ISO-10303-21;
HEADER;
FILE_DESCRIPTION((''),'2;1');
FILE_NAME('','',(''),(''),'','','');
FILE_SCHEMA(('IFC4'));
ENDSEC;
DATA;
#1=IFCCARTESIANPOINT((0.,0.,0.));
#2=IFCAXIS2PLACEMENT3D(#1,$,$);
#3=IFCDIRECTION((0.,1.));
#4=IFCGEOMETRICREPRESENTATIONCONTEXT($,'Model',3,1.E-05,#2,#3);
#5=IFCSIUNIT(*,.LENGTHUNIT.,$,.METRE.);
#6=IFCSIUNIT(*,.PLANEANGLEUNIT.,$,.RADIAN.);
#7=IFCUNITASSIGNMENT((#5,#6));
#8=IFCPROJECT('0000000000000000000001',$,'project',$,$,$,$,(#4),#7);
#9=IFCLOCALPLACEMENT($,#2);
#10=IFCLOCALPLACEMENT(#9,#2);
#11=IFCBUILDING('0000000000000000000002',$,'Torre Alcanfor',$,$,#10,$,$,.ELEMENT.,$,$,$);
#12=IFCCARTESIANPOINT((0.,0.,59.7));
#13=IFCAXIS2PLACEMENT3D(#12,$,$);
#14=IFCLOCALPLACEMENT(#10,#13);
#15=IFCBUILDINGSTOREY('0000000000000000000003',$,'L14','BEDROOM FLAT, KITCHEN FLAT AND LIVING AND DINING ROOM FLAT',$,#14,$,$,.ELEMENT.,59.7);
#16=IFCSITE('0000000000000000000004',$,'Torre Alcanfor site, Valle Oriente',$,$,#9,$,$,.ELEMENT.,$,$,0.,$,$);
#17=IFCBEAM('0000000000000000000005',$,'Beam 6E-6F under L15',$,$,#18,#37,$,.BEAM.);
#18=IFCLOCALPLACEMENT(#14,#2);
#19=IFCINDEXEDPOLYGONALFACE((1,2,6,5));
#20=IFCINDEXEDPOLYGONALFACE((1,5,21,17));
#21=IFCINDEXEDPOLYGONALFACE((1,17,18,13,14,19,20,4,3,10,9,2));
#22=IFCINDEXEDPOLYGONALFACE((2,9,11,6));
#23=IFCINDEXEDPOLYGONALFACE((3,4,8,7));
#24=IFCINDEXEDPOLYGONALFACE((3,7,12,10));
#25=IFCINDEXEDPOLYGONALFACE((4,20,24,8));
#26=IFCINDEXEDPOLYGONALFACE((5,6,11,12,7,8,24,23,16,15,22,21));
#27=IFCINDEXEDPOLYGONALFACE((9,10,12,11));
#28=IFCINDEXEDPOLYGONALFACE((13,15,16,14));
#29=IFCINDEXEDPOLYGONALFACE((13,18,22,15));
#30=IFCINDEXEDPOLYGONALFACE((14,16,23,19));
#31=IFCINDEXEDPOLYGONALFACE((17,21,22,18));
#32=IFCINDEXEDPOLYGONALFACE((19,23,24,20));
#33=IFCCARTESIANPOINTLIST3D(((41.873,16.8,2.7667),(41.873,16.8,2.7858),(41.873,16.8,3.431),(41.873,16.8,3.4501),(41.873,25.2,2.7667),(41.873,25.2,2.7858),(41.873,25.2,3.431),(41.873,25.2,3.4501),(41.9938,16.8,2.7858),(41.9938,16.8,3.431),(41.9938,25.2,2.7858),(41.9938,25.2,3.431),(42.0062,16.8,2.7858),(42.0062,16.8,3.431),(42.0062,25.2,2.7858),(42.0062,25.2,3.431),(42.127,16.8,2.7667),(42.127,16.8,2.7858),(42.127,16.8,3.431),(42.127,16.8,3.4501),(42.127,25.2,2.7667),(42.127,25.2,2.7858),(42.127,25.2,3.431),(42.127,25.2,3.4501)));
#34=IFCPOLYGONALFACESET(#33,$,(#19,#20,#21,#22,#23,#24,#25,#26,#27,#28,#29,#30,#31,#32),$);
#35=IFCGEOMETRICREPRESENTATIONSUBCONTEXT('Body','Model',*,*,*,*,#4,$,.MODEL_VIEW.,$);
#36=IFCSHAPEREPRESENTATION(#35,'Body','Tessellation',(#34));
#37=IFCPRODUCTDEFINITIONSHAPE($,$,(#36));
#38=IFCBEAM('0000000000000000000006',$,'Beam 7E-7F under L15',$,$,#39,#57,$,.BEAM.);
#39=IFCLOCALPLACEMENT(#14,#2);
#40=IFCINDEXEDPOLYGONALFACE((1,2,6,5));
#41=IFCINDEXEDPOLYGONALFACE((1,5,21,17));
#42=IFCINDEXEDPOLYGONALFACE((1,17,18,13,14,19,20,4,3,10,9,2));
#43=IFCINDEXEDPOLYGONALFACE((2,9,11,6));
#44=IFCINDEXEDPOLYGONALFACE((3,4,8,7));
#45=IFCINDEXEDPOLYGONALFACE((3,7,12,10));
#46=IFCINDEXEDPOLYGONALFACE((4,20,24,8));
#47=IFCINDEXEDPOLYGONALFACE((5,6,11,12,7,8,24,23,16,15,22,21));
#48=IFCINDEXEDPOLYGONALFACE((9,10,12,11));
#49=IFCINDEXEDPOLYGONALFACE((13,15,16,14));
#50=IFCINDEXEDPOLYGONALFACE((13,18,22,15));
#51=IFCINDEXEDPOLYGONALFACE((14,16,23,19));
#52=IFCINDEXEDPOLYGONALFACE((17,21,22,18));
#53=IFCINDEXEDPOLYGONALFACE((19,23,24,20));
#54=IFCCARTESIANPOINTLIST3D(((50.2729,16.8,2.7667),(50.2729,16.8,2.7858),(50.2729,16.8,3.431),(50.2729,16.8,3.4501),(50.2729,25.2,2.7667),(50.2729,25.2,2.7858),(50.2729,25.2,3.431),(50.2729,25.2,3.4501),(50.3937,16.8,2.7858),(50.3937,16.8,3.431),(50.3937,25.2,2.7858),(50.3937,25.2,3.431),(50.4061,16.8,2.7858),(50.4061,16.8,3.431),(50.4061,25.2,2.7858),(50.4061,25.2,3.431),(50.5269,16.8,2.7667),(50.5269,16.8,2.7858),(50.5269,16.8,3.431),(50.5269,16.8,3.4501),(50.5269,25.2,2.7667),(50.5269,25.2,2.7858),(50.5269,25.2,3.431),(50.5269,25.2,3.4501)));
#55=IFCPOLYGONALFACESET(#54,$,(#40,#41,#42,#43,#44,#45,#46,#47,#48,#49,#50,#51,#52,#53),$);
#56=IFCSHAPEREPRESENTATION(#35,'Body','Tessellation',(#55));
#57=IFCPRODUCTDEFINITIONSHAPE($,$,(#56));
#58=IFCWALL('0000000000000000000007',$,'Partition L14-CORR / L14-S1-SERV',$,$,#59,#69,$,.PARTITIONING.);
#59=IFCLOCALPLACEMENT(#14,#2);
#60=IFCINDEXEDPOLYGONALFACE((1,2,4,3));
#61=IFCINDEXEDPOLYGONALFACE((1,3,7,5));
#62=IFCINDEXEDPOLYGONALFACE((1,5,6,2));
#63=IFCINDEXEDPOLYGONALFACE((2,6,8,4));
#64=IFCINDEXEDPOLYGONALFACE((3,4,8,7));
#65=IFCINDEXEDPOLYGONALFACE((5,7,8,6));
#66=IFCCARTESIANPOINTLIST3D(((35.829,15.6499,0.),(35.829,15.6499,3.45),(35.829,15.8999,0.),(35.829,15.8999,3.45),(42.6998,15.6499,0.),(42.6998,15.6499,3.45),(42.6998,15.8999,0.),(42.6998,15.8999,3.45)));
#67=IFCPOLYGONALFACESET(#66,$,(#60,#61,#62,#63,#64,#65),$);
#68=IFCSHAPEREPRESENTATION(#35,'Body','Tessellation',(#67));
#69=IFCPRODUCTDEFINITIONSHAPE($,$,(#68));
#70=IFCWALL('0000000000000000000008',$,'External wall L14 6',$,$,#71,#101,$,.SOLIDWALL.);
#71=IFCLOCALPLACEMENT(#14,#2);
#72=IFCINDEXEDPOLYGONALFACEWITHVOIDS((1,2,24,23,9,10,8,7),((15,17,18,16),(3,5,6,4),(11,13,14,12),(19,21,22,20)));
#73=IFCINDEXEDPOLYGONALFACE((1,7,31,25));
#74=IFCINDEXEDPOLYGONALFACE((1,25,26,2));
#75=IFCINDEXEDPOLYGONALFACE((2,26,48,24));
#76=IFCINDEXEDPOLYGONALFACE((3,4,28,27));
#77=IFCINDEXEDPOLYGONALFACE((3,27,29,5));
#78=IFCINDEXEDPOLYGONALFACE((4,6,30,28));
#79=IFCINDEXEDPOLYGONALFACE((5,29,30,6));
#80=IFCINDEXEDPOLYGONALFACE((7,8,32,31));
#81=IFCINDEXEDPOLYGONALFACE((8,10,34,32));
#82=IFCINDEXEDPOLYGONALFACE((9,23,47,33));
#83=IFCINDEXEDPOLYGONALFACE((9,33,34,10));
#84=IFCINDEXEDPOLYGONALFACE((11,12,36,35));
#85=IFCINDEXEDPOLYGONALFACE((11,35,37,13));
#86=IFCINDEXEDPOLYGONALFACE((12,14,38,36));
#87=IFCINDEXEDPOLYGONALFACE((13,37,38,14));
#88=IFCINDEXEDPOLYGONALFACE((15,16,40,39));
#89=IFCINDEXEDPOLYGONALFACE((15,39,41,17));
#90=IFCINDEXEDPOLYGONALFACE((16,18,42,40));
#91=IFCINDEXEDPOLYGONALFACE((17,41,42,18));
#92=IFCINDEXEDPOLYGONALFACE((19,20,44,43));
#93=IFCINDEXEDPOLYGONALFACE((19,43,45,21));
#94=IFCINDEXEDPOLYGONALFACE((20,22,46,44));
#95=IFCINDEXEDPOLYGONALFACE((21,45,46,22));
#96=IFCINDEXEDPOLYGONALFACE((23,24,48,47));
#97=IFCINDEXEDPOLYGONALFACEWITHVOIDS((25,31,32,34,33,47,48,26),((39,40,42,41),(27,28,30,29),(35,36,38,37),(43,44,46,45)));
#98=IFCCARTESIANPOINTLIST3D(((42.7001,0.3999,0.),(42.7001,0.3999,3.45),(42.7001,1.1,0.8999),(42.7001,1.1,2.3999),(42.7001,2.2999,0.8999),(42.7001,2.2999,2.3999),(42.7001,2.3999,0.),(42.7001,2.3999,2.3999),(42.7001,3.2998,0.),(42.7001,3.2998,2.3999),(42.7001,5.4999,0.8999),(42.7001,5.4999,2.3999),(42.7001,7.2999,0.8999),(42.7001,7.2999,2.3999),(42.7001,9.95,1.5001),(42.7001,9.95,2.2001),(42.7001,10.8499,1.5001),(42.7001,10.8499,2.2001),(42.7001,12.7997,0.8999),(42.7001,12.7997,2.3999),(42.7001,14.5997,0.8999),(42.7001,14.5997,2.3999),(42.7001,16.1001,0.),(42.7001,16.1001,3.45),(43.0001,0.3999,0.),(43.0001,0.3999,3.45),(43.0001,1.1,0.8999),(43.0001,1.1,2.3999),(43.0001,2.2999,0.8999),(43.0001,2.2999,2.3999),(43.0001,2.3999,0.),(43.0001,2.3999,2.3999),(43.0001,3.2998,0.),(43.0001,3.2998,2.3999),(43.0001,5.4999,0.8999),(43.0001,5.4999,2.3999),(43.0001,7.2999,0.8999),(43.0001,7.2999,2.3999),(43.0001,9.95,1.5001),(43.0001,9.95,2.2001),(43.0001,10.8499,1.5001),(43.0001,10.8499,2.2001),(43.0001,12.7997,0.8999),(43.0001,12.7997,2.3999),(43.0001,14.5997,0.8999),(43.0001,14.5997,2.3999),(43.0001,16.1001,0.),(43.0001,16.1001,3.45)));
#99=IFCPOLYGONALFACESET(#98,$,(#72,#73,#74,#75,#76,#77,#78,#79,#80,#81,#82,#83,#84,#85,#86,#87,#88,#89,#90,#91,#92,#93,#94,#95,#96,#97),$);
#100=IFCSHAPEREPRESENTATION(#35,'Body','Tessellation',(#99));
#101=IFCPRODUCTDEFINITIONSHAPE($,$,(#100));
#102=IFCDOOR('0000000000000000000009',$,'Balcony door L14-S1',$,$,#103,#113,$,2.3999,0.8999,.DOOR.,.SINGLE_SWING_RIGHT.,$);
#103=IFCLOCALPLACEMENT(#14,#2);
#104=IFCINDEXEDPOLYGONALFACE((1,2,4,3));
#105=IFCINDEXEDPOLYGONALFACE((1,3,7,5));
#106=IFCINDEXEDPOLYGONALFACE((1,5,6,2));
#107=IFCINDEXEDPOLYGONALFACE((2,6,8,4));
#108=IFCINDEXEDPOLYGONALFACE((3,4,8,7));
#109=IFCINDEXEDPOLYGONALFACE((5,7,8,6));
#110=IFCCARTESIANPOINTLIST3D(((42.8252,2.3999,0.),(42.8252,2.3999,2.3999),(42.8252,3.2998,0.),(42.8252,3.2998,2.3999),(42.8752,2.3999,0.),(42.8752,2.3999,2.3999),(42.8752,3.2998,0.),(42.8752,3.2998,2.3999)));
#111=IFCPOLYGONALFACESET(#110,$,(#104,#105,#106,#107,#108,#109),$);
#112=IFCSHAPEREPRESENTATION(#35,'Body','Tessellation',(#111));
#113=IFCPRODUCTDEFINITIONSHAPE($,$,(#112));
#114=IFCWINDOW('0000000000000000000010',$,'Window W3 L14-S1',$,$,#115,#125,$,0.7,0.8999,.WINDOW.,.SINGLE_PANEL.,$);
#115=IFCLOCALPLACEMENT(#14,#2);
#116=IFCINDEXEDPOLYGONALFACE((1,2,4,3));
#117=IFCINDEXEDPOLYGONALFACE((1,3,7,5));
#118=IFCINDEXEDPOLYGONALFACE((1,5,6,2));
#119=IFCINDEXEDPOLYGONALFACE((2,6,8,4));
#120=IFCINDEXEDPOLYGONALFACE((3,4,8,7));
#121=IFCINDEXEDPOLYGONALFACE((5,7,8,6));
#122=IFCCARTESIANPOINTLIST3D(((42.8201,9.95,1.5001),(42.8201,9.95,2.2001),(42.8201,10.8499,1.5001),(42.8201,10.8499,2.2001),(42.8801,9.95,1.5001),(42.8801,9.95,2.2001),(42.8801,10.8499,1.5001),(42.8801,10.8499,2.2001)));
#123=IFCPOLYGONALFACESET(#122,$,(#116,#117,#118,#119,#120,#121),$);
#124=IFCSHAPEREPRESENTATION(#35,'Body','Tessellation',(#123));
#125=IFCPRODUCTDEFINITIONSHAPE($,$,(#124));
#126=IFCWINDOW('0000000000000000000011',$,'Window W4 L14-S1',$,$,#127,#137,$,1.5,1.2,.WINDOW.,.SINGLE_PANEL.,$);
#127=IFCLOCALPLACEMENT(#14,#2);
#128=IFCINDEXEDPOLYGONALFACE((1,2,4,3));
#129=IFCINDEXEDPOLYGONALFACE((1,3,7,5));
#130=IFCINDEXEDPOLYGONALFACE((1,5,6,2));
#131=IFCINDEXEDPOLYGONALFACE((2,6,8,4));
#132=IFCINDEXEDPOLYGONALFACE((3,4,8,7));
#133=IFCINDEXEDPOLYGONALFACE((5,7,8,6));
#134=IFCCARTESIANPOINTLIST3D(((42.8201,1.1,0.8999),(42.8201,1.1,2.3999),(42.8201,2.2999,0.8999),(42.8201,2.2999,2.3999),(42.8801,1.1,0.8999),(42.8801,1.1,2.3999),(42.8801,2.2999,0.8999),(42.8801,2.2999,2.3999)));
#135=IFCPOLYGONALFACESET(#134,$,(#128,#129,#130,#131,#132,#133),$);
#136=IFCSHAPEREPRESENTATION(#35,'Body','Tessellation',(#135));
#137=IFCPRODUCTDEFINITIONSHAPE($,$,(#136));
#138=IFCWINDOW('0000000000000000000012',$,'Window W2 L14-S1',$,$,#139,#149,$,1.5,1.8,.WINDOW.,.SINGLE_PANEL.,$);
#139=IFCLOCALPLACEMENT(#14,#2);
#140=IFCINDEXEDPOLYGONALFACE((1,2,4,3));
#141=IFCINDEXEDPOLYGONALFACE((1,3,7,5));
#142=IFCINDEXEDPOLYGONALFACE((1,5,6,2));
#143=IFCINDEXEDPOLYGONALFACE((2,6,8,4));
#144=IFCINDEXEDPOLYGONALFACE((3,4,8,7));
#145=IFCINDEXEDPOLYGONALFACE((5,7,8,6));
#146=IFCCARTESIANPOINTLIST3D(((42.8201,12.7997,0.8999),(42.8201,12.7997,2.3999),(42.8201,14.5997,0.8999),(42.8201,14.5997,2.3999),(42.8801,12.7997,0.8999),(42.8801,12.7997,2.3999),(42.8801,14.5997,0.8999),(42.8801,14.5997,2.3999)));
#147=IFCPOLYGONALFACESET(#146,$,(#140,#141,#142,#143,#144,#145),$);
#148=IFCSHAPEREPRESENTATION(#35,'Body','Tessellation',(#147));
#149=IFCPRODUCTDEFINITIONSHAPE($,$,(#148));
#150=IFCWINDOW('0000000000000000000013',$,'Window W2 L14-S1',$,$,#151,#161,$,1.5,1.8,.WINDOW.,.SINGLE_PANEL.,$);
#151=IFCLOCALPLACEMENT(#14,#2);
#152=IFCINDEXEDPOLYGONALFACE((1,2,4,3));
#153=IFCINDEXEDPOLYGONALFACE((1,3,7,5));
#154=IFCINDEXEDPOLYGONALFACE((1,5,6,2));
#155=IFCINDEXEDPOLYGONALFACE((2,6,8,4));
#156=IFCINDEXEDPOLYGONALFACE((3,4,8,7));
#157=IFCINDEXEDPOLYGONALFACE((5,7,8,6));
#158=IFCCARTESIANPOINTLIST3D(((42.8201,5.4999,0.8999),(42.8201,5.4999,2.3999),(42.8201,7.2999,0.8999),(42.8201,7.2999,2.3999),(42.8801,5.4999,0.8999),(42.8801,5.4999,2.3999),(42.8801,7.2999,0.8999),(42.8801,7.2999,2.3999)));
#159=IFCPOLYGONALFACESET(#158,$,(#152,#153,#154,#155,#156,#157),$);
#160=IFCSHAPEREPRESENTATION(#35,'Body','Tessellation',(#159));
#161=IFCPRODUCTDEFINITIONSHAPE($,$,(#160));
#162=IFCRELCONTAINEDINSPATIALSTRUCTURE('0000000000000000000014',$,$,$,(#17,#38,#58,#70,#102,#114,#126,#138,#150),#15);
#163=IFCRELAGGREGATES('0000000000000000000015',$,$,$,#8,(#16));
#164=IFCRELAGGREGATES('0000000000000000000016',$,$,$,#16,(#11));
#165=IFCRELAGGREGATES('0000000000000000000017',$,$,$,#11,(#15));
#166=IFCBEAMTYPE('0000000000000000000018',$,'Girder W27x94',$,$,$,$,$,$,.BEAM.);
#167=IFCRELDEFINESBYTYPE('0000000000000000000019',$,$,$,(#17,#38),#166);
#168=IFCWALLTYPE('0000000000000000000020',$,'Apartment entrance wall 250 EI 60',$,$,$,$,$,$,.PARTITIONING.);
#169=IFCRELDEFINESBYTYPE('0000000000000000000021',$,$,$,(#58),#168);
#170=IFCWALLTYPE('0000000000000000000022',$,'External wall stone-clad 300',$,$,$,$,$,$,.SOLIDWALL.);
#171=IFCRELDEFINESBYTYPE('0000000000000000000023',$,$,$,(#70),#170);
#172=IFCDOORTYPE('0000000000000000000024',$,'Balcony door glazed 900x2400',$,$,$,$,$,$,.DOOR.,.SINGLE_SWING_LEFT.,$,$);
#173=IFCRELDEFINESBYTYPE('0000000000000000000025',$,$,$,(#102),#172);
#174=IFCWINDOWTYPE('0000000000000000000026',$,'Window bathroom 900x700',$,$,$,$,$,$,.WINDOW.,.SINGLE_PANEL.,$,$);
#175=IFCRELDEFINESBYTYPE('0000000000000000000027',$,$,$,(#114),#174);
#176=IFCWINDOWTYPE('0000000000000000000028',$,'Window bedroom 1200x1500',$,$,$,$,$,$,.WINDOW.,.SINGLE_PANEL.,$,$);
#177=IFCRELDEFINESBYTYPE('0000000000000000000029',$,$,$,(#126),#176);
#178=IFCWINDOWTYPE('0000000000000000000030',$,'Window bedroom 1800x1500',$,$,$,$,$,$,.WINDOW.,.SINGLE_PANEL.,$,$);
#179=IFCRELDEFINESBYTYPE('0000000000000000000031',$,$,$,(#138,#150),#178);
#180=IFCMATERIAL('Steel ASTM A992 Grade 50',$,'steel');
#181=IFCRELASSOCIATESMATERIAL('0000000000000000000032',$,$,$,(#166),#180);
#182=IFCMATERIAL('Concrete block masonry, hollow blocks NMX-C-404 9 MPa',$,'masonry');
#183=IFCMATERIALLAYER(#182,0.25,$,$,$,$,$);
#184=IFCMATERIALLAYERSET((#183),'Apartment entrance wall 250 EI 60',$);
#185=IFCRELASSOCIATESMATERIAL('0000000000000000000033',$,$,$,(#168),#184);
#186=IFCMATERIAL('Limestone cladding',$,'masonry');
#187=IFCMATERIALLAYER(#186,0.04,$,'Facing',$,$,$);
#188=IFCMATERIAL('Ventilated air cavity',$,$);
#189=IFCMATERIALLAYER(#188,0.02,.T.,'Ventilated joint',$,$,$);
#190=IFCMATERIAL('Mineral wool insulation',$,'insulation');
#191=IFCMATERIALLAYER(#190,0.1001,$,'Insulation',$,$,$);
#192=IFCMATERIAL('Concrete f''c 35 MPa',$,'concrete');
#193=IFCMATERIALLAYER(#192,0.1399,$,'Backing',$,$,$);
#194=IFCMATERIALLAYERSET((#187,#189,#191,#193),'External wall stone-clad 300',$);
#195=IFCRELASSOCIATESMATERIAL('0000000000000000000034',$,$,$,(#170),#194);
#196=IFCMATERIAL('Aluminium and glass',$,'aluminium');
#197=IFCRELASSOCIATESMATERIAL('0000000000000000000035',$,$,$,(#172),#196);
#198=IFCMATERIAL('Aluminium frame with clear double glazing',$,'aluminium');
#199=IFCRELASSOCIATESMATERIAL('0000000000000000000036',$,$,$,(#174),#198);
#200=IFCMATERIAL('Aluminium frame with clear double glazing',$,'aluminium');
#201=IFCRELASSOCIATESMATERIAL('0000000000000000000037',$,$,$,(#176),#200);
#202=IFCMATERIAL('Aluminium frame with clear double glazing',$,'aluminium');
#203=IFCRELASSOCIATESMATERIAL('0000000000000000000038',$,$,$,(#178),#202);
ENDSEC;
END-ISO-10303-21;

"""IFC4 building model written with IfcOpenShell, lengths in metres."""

from ifc_helpers import new_model, si_unit, direction, frame, frame_2d, origin, origin_2d, place, context, subcontext, project, spatial, rectangle, i_section, extrude, material, layer, layer_set, material_profile, profile_set, type_object, element, fill, save


model = new_model("IFC4")

# Units and contexts
model_context = context("Model", 3, precision=1e-05, world=origin(), true_north=direction((0.0, 1.0)))
body_context = subcontext(model_context, "Body", "Model", "MODEL_VIEW")
ifc_project = project(units=[si_unit("LENGTHUNIT", "METRE"), si_unit("PLANEANGLEUNIT", "RADIAN")], contexts=[model_context])

# Site, building, storey
site_placement = place(None, origin())
site = spatial("IfcSite", under=ifc_project, at=site_placement, Name="Torre Alcanfor site, Valle Oriente", CompositionType="ELEMENT", RefElevation=0.0)
building_placement = place(site_placement, origin())
building = spatial("IfcBuilding", under=site, at=building_placement, Name="Torre Alcanfor", CompositionType="ELEMENT")
storey_placement = place(building_placement, frame((0.0, 0.0, 59.7)))
storey = spatial("IfcBuildingStorey", under=building, at=storey_placement, Name="L14", Description="BEDROOM FLAT, KITCHEN FLAT AND LIVING AND DINING ROOM FLAT", CompositionType="ELEMENT", Elevation=59.7)

# Beams
ifc_material_1 = material(Name="Steel ASTM A992 Grade 50", Category="steel")
ifc_material_profile_1 = material_profile(ifc_material_1, i_section(OverallWidth=0.2539, OverallDepth=0.6833, WebThickness=0.0125, FlangeThickness=0.019, at=origin_2d()), Name="W27x94")
ifc_profile_set_1 = profile_set([ifc_material_profile_1], Name="Steel ASTM A992 Grade 50")
beam_type_1 = type_object("IfcBeamType", Name="Girder W27x94", PredefinedType="BEAM", material=ifc_profile_set_1)
for number, where, z_axis, x_axis, name in (
    (1, (42.0, 16.8, 3.1084), (0.0, 1.0, 0.0), (-1.0, 0.0, 0.0), "Beam 6E-6F under L15"),
    (2, (50.3999, 16.8, 3.1084), (0.0, 1.0, 0.0), (-1.0, 0.0, 0.0), "Beam 7E-7F under L15"),
):
    element("IfcBeam", number, at=place(storey_placement, frame(where, z_axis=z_axis, x_axis=x_axis)), inside=storey, type_object=beam_type_1, Name=name, PredefinedType="BEAM", context=body_context, shape_type="SweptSolid", body=[
        extrude(i_section(OverallWidth=0.2539, OverallDepth=0.6833, WebThickness=0.0125, FlangeThickness=0.019, at=origin_2d()), origin(), (0.0, 0.0, 1.0), 8.3999),
    ])

# Wall
ifc_material_2 = material(Name="Concrete block masonry, hollow blocks NMX-C-404 9 MPa", Category="masonry")
ifc_layer_1 = layer(ifc_material_2, 0.25)
ifc_layer_set_1 = layer_set([ifc_layer_1], Name="Apartment entrance wall 250 EI 60")
wall_type_1 = type_object("IfcWallType", Name="Apartment entrance wall 250 EI 60", PredefinedType="PARTITIONING", material=ifc_layer_set_1)
wall_1_placement = place(storey_placement, frame((42.7, 15.7749, 0.0), z_axis=(0.0, 0.0, 1.0), x_axis=(-1.0, 0.0, 0.0)))
element("IfcWall", 3, at=wall_1_placement, inside=storey, type_object=wall_type_1, Name="Partition L14-CORR / L14-S1-SERV", PredefinedType="PARTITIONING", context=body_context, shape_type="SweptSolid", body=[
    extrude(rectangle(XDim=6.8708, YDim=0.25, at=frame_2d((3.4355, 0.0))), origin(), (0.0, 0.0, 1.0), 3.45),
])

# Wall, openings, door, windows
ifc_material_3 = material(Name="Limestone cladding", Category="masonry")
ifc_layer_2 = layer(ifc_material_3, 0.04, Name="Facing")
ifc_material_4 = material(Name="Ventilated air cavity")
ifc_layer_3 = layer(ifc_material_4, 0.02, ventilated=True, Name="Ventilated joint")
ifc_material_5 = material(Name="Mineral wool insulation", Category="insulation")
ifc_layer_4 = layer(ifc_material_5, 0.1001, Name="Insulation")
ifc_material_6 = material(Name="Concrete f'c 35 MPa", Category="concrete")
ifc_layer_5 = layer(ifc_material_6, 0.1399, Name="Backing")
ifc_layer_set_2 = layer_set([ifc_layer_2, ifc_layer_3, ifc_layer_4, ifc_layer_5], Name="External wall stone-clad 300")
wall_type_2 = type_object("IfcWallType", Name="External wall stone-clad 300", PredefinedType="SOLIDWALL", material=ifc_layer_set_2)
wall_2_placement = place(storey_placement, frame((42.8501, 0.3999, 0.0), z_axis=(0.0, 0.0, 1.0), x_axis=(0.0, 1.0, 0.0)))
wall_2 = element("IfcWall", 4, at=wall_2_placement, inside=storey, type_object=wall_type_2, Name="External wall L14 6", PredefinedType="SOLIDWALL", context=body_context, shape_type="SweptSolid", body=[
    extrude(rectangle(XDim=15.7002, YDim=0.3, at=frame_2d((7.8501, 0.0))), origin(), (0.0, 0.0, 1.0), 3.45),
])
opening_1_placement = place(wall_2_placement, frame((12.3999, 0.0, 0.8999)))
opening_1 = element("IfcOpeningElement", 5, at=opening_1_placement, cuts=wall_2, PredefinedType="OPENING", context=body_context, shape_type="SweptSolid", body=[
    extrude(rectangle(XDim=1.8, YDim=1.5, at=frame_2d((0.8999, 0.75))), frame((0.0, 0.1599, 0.0), z_axis=(0.0, -1.0, 0.0), x_axis=(1.0, 0.0, 0.0)), (0.0, 0.0, 1.0), 0.3201),
])
opening_2_placement = place(wall_2_placement, frame((9.55, 0.0, 1.5)))
opening_2 = element("IfcOpeningElement", 6, at=opening_2_placement, cuts=wall_2, PredefinedType="OPENING", context=body_context, shape_type="SweptSolid", body=[
    extrude(rectangle(XDim=0.8999, YDim=0.7, at=frame_2d((0.45, 0.3501))), frame((0.0, 0.1599, 0.0), z_axis=(0.0, -1.0, 0.0), x_axis=(1.0, 0.0, 0.0)), (0.0, 0.0, 1.0), 0.3201),
])
opening_3_placement = place(wall_2_placement, frame((5.1001, 0.0, 0.8999)))
opening_3 = element("IfcOpeningElement", 7, at=opening_3_placement, cuts=wall_2, PredefinedType="OPENING", context=body_context, shape_type="SweptSolid", body=[
    extrude(rectangle(XDim=1.8, YDim=1.5, at=frame_2d((0.8999, 0.75))), frame((0.0, 0.1599, 0.0), z_axis=(0.0, -1.0, 0.0), x_axis=(1.0, 0.0, 0.0)), (0.0, 0.0, 1.0), 0.3201),
])
opening_4_placement = place(wall_2_placement, frame((2.0, 0.0, 0.0)))
opening_4 = element("IfcOpeningElement", 8, at=opening_4_placement, cuts=wall_2, PredefinedType="OPENING", context=body_context, shape_type="SweptSolid", body=[
    extrude(rectangle(XDim=0.8999, YDim=2.3999, at=frame_2d((0.45, 1.2))), frame((0.0, 0.1599, 0.0), z_axis=(0.0, -1.0, 0.0), x_axis=(1.0, 0.0, 0.0)), (0.0, 0.0, 1.0), 0.3201),
])
opening_5_placement = place(wall_2_placement, frame((0.7, 0.0, 0.8999)))
opening_5 = element("IfcOpeningElement", 9, at=opening_5_placement, cuts=wall_2, PredefinedType="OPENING", context=body_context, shape_type="SweptSolid", body=[
    extrude(rectangle(XDim=1.2, YDim=1.5, at=frame_2d((0.6001, 0.75))), frame((0.0, 0.1599, 0.0), z_axis=(0.0, -1.0, 0.0), x_axis=(1.0, 0.0, 0.0)), (0.0, 0.0, 1.0), 0.3201),
])
ifc_material_7 = material(Name="Aluminium and glass", Category="aluminium")
door_type = type_object("IfcDoorType", Name="Balcony door glazed 900x2400", OperationType="SINGLE_SWING_LEFT", PredefinedType="DOOR", material=ifc_material_7)
door_1_placement = place(opening_4_placement, origin())
door_1 = element("IfcDoor", 10, at=door_1_placement, inside=storey, type_object=door_type, Name="Balcony door L14-S1", OperationType="SINGLE_SWING_RIGHT", OverallHeight=2.3999, OverallWidth=0.8999, PredefinedType="DOOR", context=body_context, shape_type="SweptSolid", body=[
    extrude(rectangle(XDim=0.8999, YDim=2.3999, at=frame_2d((0.45, 1.2))), frame((0.0, 0.0249, 0.0), z_axis=(0.0, -1.0, 0.0), x_axis=(1.0, 0.0, 0.0)), (0.0, 0.0, 1.0), 0.05),
])
fill(opening_4, door_1)
ifc_material_8 = material(Name="Aluminium frame with clear double glazing", Category="aluminium")
window_type_1 = type_object("IfcWindowType", Name="Window bathroom 900x700", PartitioningType="SINGLE_PANEL", PredefinedType="WINDOW", material=ifc_material_8)
window_1_placement = place(opening_2_placement, origin())
window_1 = element("IfcWindow", 11, at=window_1_placement, inside=storey, type_object=window_type_1, Name="Window W3 L14-S1", OverallHeight=0.7, OverallWidth=0.8999, PartitioningType="SINGLE_PANEL", PredefinedType="WINDOW", context=body_context, shape_type="SweptSolid", body=[
    extrude(rectangle(XDim=0.8999, YDim=0.7, at=frame_2d((0.45, 0.3501))), frame((0.0, 0.03, 0.0), z_axis=(0.0, -1.0, 0.0), x_axis=(1.0, 0.0, 0.0)), (0.0, 0.0, 1.0), 0.0601),
])
fill(opening_2, window_1)
ifc_material_9 = material(Name="Aluminium frame with clear double glazing", Category="aluminium")
window_type_2 = type_object("IfcWindowType", Name="Window bedroom 1200x1500", PartitioningType="SINGLE_PANEL", PredefinedType="WINDOW", material=ifc_material_9)
window_2_placement = place(opening_5_placement, origin())
window_2 = element("IfcWindow", 12, at=window_2_placement, inside=storey, type_object=window_type_2, Name="Window W4 L14-S1", OverallHeight=1.5, OverallWidth=1.2, PartitioningType="SINGLE_PANEL", PredefinedType="WINDOW", context=body_context, shape_type="SweptSolid", body=[
    extrude(rectangle(XDim=1.2, YDim=1.5, at=frame_2d((0.6001, 0.75))), frame((0.0, 0.03, 0.0), z_axis=(0.0, -1.0, 0.0), x_axis=(1.0, 0.0, 0.0)), (0.0, 0.0, 1.0), 0.0601),
])
fill(opening_5, window_2)
ifc_material_10 = material(Name="Aluminium frame with clear double glazing", Category="aluminium")
window_type_3 = type_object("IfcWindowType", Name="Window bedroom 1800x1500", PartitioningType="SINGLE_PANEL", PredefinedType="WINDOW", material=ifc_material_10)
window_3_placement = place(opening_1_placement, origin())
window_3 = element("IfcWindow", 13, at=window_3_placement, inside=storey, type_object=window_type_3, Name="Window W2 L14-S1", OverallHeight=1.5, OverallWidth=1.8, PartitioningType="SINGLE_PANEL", PredefinedType="WINDOW", context=body_context, shape_type="SweptSolid", body=[
    extrude(rectangle(XDim=1.8, YDim=1.5, at=frame_2d((0.8999, 0.75))), frame((0.0, 0.03, 0.0), z_axis=(0.0, -1.0, 0.0), x_axis=(1.0, 0.0, 0.0)), (0.0, 0.0, 1.0), 0.0601),
])
fill(opening_1, window_3)
window_4_placement = place(opening_3_placement, origin())
window_4 = element("IfcWindow", 14, at=window_4_placement, inside=storey, type_object=window_type_3, Name="Window W2 L14-S1", OverallHeight=1.5, OverallWidth=1.8, PartitioningType="SINGLE_PANEL", PredefinedType="WINDOW", context=body_context, shape_type="SweptSolid", body=[
    extrude(rectangle(XDim=1.8, YDim=1.5, at=frame_2d((0.8999, 0.75))), frame((0.0, 0.03, 0.0), z_axis=(0.0, -1.0, 0.0), x_axis=(1.0, 0.0, 0.0)), (0.0, 0.0, 1.0), 0.0601),
])
fill(opening_3, window_4)

save(model, "model.ifc")
